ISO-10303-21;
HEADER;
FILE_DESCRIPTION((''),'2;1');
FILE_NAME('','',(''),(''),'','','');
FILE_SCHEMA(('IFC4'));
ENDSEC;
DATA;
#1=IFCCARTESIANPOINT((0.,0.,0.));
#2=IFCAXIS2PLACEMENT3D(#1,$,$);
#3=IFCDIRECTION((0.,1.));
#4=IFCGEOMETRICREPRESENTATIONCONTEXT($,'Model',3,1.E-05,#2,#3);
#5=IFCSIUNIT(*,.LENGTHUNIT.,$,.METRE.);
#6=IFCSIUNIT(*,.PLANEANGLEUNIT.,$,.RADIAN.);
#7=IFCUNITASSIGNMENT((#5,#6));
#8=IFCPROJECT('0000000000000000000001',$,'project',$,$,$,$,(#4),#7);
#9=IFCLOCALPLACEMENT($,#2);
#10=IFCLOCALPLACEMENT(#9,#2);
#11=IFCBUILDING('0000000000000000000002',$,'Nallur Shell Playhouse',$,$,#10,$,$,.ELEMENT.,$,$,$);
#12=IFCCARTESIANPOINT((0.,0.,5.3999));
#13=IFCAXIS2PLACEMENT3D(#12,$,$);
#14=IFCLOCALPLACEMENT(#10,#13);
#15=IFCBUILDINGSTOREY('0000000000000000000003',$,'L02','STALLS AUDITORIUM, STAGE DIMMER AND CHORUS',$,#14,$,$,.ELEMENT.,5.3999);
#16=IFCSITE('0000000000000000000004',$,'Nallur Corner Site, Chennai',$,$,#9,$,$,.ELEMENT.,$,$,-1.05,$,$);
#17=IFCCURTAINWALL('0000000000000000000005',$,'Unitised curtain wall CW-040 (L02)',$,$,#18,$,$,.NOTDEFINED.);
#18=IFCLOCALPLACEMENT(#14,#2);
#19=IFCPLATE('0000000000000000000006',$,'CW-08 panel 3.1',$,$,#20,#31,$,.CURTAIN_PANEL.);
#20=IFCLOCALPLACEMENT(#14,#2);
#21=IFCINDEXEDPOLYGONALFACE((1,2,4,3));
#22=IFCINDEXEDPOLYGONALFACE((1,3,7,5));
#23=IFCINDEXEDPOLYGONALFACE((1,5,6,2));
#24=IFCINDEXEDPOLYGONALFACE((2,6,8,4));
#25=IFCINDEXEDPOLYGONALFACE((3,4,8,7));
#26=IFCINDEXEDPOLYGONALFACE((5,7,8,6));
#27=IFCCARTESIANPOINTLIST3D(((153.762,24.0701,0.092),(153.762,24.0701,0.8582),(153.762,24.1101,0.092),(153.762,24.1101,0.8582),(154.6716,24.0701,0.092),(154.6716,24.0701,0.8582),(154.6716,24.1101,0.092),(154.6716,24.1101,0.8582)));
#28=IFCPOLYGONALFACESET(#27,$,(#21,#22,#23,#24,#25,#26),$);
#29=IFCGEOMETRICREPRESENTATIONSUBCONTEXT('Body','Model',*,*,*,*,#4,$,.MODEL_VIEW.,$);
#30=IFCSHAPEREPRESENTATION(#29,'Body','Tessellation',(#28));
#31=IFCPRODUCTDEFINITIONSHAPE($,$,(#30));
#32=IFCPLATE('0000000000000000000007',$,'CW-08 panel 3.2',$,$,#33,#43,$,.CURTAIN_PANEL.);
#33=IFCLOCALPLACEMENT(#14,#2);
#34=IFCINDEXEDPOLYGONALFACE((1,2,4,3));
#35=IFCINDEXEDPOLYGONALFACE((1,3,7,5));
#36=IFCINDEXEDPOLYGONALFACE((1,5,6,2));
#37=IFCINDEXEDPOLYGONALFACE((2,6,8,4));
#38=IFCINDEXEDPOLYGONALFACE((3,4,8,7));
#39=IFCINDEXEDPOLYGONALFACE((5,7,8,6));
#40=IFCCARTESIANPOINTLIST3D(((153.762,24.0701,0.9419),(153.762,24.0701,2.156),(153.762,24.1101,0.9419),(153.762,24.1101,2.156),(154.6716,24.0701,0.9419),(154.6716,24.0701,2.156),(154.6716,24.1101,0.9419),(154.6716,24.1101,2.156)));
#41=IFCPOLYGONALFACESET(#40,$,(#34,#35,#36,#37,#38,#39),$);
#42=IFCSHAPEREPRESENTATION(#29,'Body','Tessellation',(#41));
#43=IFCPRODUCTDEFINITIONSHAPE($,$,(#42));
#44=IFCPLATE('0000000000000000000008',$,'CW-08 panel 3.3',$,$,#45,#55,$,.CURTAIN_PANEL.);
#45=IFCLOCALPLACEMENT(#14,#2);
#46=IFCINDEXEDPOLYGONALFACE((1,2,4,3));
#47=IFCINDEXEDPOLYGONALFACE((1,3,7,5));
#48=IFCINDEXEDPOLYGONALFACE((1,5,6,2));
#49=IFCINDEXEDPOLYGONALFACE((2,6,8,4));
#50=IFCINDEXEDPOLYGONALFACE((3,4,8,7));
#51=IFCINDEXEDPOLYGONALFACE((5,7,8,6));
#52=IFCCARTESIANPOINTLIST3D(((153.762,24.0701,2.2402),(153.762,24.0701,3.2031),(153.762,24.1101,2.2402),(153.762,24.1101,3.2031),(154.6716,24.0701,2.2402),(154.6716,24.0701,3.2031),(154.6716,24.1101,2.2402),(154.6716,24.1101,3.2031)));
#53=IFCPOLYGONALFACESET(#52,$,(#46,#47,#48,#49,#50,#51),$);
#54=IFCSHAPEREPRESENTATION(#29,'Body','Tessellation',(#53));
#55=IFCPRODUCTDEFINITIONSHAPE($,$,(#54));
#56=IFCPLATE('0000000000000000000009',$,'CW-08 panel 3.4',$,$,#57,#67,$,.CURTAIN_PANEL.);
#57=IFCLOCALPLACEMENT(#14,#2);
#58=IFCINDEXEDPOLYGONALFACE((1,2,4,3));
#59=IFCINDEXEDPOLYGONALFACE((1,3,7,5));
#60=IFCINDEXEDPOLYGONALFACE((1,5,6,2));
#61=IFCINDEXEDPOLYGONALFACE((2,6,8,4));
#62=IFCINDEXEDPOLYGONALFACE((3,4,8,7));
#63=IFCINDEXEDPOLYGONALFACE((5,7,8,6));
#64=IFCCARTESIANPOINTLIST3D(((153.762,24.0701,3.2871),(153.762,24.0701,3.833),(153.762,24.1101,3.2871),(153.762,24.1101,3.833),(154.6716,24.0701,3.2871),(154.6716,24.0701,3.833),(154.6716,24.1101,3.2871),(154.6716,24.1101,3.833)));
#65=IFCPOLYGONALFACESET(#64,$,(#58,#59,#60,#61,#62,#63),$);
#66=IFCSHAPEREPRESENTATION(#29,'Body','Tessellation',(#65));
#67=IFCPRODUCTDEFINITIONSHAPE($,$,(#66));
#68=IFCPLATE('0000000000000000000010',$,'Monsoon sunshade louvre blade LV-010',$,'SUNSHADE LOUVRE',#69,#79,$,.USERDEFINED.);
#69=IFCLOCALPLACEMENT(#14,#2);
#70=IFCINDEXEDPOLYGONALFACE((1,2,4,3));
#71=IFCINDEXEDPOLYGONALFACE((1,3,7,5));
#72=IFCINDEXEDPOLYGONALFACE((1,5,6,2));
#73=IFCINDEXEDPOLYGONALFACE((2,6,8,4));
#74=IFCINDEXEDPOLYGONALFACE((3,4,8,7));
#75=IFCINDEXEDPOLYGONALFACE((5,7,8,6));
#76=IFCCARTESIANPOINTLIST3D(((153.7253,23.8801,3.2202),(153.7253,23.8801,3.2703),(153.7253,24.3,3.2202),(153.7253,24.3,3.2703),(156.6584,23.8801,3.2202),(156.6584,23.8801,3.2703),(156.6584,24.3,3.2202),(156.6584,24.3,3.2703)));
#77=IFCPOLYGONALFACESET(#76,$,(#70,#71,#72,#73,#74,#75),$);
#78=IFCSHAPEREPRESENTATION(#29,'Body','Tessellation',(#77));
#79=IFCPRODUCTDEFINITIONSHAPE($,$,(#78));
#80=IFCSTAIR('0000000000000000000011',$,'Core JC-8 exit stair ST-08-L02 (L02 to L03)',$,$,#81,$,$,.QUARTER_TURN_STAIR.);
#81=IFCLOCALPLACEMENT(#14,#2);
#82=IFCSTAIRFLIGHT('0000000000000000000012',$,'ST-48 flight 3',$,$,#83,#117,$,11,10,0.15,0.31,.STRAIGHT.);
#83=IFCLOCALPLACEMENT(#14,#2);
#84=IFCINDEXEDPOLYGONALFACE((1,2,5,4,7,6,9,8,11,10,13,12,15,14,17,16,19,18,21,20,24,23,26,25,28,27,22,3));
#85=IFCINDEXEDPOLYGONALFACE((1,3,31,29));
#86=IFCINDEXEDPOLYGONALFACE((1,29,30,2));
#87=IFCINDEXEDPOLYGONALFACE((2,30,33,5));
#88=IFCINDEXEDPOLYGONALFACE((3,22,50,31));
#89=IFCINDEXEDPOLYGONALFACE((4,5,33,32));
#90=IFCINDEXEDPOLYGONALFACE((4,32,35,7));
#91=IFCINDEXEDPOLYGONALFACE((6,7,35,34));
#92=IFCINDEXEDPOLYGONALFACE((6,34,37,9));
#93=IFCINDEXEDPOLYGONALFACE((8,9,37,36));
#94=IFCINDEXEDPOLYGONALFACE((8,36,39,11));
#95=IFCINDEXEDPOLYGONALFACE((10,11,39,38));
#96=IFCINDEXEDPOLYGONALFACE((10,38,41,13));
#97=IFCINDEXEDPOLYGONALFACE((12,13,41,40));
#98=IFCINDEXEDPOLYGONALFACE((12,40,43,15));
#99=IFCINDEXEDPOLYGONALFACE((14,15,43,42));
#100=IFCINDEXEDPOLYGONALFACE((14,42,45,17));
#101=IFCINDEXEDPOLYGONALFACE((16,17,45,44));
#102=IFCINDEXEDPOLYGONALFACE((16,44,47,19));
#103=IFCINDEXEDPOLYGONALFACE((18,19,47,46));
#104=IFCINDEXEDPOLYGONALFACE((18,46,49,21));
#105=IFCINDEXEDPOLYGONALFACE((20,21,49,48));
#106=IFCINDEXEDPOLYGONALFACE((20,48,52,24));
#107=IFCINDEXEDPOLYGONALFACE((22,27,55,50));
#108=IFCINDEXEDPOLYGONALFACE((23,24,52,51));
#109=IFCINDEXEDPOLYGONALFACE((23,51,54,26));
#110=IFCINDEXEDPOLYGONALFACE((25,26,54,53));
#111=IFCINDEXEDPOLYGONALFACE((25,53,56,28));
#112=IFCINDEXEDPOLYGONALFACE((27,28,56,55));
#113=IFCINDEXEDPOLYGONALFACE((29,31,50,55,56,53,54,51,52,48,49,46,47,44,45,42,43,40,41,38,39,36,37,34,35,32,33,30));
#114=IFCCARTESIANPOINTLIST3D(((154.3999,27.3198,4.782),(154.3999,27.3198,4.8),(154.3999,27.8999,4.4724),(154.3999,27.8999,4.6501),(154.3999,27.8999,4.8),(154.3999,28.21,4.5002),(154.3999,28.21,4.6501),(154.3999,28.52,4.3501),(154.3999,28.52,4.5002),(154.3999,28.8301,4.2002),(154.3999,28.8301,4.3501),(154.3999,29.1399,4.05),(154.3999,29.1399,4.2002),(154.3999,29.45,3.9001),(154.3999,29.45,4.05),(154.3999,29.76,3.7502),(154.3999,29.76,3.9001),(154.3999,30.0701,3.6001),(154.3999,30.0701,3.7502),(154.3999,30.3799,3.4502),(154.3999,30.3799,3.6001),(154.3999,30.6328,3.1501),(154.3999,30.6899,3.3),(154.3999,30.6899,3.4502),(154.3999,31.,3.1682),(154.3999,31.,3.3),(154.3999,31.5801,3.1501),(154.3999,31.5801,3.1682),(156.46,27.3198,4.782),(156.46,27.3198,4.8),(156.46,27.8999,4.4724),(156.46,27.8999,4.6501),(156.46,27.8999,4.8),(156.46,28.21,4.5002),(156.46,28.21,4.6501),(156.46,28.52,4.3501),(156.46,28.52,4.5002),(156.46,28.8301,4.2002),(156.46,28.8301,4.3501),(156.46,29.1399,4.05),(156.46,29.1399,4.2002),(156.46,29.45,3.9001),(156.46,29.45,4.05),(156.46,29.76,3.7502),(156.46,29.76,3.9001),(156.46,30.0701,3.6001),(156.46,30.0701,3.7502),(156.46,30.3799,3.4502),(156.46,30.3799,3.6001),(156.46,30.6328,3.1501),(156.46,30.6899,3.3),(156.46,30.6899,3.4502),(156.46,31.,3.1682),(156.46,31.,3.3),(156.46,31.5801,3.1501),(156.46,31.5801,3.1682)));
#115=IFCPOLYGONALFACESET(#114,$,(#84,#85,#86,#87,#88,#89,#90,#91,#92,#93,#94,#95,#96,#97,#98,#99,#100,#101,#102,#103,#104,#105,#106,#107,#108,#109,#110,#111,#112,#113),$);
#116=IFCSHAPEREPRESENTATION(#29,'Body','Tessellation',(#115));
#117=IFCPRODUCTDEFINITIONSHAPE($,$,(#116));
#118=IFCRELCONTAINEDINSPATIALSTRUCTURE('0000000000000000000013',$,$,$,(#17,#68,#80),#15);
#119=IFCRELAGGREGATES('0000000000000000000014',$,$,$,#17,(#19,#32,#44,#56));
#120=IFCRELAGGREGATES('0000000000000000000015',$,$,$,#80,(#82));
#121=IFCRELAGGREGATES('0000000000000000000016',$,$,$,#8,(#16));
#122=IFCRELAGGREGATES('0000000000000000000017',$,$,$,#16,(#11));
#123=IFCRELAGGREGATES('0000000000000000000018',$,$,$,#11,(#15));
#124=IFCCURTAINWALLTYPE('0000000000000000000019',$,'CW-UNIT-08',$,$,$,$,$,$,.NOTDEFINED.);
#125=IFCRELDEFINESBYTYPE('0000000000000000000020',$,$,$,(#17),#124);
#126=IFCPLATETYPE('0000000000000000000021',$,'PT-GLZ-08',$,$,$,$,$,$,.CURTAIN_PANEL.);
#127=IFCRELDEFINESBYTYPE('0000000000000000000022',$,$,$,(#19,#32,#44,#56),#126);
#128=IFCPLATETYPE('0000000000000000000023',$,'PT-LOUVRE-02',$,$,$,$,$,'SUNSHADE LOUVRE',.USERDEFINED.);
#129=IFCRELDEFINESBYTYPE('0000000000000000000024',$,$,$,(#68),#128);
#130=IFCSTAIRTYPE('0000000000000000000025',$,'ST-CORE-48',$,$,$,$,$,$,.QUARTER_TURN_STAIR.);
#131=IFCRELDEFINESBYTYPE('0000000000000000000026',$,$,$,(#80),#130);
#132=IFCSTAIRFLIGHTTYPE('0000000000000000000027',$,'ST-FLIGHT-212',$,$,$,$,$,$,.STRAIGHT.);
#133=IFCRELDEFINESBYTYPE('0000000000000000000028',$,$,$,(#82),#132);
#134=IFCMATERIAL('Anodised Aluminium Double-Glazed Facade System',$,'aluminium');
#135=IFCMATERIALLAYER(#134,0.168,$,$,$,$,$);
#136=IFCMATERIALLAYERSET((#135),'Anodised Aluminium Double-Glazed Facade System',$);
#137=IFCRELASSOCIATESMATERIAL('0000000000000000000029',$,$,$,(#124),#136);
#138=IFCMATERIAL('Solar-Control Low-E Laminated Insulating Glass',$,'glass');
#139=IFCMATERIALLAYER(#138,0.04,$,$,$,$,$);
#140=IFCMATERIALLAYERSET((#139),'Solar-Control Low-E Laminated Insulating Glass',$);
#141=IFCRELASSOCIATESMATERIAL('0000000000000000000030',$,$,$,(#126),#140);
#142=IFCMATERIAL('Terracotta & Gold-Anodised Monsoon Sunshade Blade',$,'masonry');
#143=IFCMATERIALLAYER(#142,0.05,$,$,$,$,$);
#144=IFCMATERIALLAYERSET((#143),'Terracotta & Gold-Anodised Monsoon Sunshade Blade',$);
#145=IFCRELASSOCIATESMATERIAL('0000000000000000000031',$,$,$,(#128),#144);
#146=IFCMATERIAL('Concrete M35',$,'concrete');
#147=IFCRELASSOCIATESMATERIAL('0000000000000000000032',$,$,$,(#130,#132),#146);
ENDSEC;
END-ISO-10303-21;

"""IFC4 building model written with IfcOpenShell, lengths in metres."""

from ifc_helpers import new_model, si_unit, direction, frame, origin, origin_2d, place, context, subcontext, project, spatial, polyline, rectangle, outline, extrude, material, layer, layer_set, type_object, element, aggregate, save


model = new_model("IFC4")

# Units and contexts
model_context = context("Model", 3, precision=1e-05, world=origin(), true_north=direction((0.0, 1.0)))
body_context = subcontext(model_context, "Body", "Model", "MODEL_VIEW")
ifc_project = project(units=[si_unit("LENGTHUNIT", "METRE"), si_unit("PLANEANGLEUNIT", "RADIAN")], contexts=[model_context])

# Site, building, storey
site_placement = place(None, origin())
site = spatial("IfcSite", under=ifc_project, at=site_placement, Name="Nallur Corner Site, Chennai", CompositionType="ELEMENT", RefElevation=-1.05)
building_placement = place(site_placement, origin())
building = spatial("IfcBuilding", under=site, at=building_placement, Name="Nallur Shell Playhouse", CompositionType="ELEMENT")
storey_placement = place(building_placement, frame((0.0, 0.0, 5.3999)))
storey = spatial("IfcBuildingStorey", under=building, at=storey_placement, Name="L02", Description="STALLS AUDITORIUM, STAGE DIMMER AND CHORUS", CompositionType="ELEMENT", Elevation=5.3999)

# Shared definitions
ifc_material_1 = material(Name="Concrete M35", Category="concrete")

# Shared definitions
ifc_material_2 = material(Name="Anodised Aluminium Double-Glazed Facade System", Category="aluminium")

# Curtain wall
ifc_layer_1 = layer(ifc_material_2, 0.168)
ifc_layer_set_1 = layer_set([ifc_layer_1], Name="Anodised Aluminium Double-Glazed Facade System")
curtain_wall_type_1 = type_object("IfcCurtainWallType", Name="CW-UNIT-08", PredefinedType="NOTDEFINED", material=ifc_layer_set_1)
curtain_wall_1_placement = place(storey_placement, origin())
curtain_wall_1 = element("IfcCurtainWall", 1, at=curtain_wall_1_placement, inside=storey, type_object=curtain_wall_type_1, Name="Unitised curtain wall CW-040 (L02)", PredefinedType="NOTDEFINED")

# Plates
ifc_material_3 = material(Name="Solar-Control Low-E Laminated Insulating Glass", Category="glass")
ifc_layer_2 = layer(ifc_material_3, 0.04)
ifc_layer_set_2 = layer_set([ifc_layer_2], Name="Solar-Control Low-E Laminated Insulating Glass")
plate_type_1 = type_object("IfcPlateType", Name="PT-GLZ-08", PredefinedType="CURTAIN_PANEL", material=ifc_layer_set_2)
plate_1_placement = place(storey_placement, frame((154.2168, 24.0901, 0.092), z_axis=(0.0, 0.0, 1.0), x_axis=(-1.0, 0.0, 0.0)))
plate_1 = element("IfcPlate", 2, at=plate_1_placement, type_object=plate_type_1, Name="CW-08 panel 3.1", PredefinedType="CURTAIN_PANEL", context=body_context, shape_type="SweptSolid", body=[
    extrude(rectangle(XDim=0.9097, YDim=0.04, at=origin_2d()), origin(), (0.0, 0.0, 1.0), 0.7661),
])
plate_2_placement = place(storey_placement, frame((154.2168, 24.0901, 0.9419), z_axis=(0.0, 0.0, 1.0), x_axis=(-1.0, 0.0, 0.0)))
plate_2 = element("IfcPlate", 3, at=plate_2_placement, type_object=plate_type_1, Name="CW-08 panel 3.2", PredefinedType="CURTAIN_PANEL", context=body_context, shape_type="SweptSolid", body=[
    extrude(rectangle(XDim=0.9097, YDim=0.04, at=origin_2d()), origin(), (0.0, 0.0, 1.0), 1.2141),
])
plate_3_placement = place(storey_placement, frame((154.2168, 24.0901, 2.2402), z_axis=(0.0, 0.0, 1.0), x_axis=(-1.0, 0.0, 0.0)))
plate_3 = element("IfcPlate", 4, at=plate_3_placement, type_object=plate_type_1, Name="CW-08 panel 3.3", PredefinedType="CURTAIN_PANEL", context=body_context, shape_type="SweptSolid", body=[
    extrude(rectangle(XDim=0.9097, YDim=0.04, at=origin_2d()), origin(), (0.0, 0.0, 1.0), 0.9629),
])
plate_4_placement = place(storey_placement, frame((154.2168, 24.0901, 3.2871), z_axis=(0.0, 0.0, 1.0), x_axis=(-1.0, 0.0, 0.0)))
plate_4 = element("IfcPlate", 5, at=plate_4_placement, type_object=plate_type_1, Name="CW-08 panel 3.4", PredefinedType="CURTAIN_PANEL", context=body_context, shape_type="SweptSolid", body=[
    extrude(rectangle(XDim=0.9097, YDim=0.04, at=origin_2d()), origin(), (0.0, 0.0, 1.0), 0.5459),
])
aggregate(curtain_wall_1, [plate_1, plate_2, plate_3, plate_4])
ifc_material_4 = material(Name="Terracotta & Gold-Anodised Monsoon Sunshade Blade", Category="masonry")
ifc_layer_3 = layer(ifc_material_4, 0.05)
ifc_layer_set_3 = layer_set([ifc_layer_3], Name="Terracotta & Gold-Anodised Monsoon Sunshade Blade")
plate_type_2 = type_object("IfcPlateType", Name="PT-LOUVRE-02", ElementType="SUNSHADE LOUVRE", PredefinedType="USERDEFINED", material=ifc_layer_set_3)
plate_5_placement = place(storey_placement, frame((155.1919, 24.0901, 3.2202), z_axis=(0.0, 0.0, 1.0), x_axis=(-1.0, 0.0, 0.0)))
element("IfcPlate", 6, at=plate_5_placement, inside=storey, type_object=plate_type_2, Name="Monsoon sunshade louvre blade LV-010", ObjectType="SUNSHADE LOUVRE", PredefinedType="USERDEFINED", context=body_context, shape_type="SweptSolid", body=[
    extrude(rectangle(XDim=2.9331, YDim=0.4199, at=origin_2d()), origin(), (0.0, 0.0, 1.0), 0.05),
])

# Stair, stair flight
stair_type = type_object("IfcStairType", Name="ST-CORE-48", PredefinedType="QUARTER_TURN_STAIR", material=ifc_material_1)
stair_placement = place(storey_placement, origin())
stair = element("IfcStair", 7, at=stair_placement, inside=storey, type_object=stair_type, Name="Core JC-8 exit stair ST-08-L02 (L02 to L03)", PredefinedType="QUARTER_TURN_STAIR")
stair_flight_type = type_object("IfcStairFlightType", Name="ST-FLIGHT-212", PredefinedType="STRAIGHT", material=ifc_material_1)
stair_flight_placement = place(storey_placement, frame((155.4299, 31.0, 3.1501), z_axis=(0.0, 0.0, 1.0), x_axis=(0.0, -1.0, 0.0)))
stair_flight = element("IfcStairFlight", 8, at=stair_flight_placement, type_object=stair_flight_type, Name="ST-48 flight 3", NumberOfRisers=11, NumberOfTreads=10, PredefinedType="STRAIGHT", RiserHeight=0.15, TreadLength=0.31, context=body_context, shape_type="SweptSolid", body=[
    extrude(outline(polyline([(-0.5801, 0.0), (-0.5801, 0.0181), (0.0, 0.0181), (0.0, 0.1499), (0.3101, 0.1499), (0.3101, 0.3), (0.6201, 0.3), (0.6201, 0.45), (0.9299, 0.45), (0.9299, 0.6001), (1.24, 0.6001), (1.24, 0.75), (1.55, 0.75), (1.55, 0.8999), (1.8601, 0.8999), (1.8601, 1.05), (2.1699, 1.05), (2.1699, 1.2), (2.48, 1.2), (2.48, 1.3501), (2.79, 1.3501), (2.79, 1.5), (3.1001, 1.5), (3.1001, 1.6499), (3.6802, 1.6499), (3.6802, 1.6318), (3.1001, 1.3223), (0.3672, 0.0), (-0.5801, 0.0)])), frame((0.0, 1.03, 0.0), z_axis=(0.0, -1.0, 0.0), x_axis=(1.0, 0.0, 0.0)), (0.0, 0.0, 1.0), 2.0601),
])
aggregate(stair, [stair_flight])

save(model, "model.ifc")
